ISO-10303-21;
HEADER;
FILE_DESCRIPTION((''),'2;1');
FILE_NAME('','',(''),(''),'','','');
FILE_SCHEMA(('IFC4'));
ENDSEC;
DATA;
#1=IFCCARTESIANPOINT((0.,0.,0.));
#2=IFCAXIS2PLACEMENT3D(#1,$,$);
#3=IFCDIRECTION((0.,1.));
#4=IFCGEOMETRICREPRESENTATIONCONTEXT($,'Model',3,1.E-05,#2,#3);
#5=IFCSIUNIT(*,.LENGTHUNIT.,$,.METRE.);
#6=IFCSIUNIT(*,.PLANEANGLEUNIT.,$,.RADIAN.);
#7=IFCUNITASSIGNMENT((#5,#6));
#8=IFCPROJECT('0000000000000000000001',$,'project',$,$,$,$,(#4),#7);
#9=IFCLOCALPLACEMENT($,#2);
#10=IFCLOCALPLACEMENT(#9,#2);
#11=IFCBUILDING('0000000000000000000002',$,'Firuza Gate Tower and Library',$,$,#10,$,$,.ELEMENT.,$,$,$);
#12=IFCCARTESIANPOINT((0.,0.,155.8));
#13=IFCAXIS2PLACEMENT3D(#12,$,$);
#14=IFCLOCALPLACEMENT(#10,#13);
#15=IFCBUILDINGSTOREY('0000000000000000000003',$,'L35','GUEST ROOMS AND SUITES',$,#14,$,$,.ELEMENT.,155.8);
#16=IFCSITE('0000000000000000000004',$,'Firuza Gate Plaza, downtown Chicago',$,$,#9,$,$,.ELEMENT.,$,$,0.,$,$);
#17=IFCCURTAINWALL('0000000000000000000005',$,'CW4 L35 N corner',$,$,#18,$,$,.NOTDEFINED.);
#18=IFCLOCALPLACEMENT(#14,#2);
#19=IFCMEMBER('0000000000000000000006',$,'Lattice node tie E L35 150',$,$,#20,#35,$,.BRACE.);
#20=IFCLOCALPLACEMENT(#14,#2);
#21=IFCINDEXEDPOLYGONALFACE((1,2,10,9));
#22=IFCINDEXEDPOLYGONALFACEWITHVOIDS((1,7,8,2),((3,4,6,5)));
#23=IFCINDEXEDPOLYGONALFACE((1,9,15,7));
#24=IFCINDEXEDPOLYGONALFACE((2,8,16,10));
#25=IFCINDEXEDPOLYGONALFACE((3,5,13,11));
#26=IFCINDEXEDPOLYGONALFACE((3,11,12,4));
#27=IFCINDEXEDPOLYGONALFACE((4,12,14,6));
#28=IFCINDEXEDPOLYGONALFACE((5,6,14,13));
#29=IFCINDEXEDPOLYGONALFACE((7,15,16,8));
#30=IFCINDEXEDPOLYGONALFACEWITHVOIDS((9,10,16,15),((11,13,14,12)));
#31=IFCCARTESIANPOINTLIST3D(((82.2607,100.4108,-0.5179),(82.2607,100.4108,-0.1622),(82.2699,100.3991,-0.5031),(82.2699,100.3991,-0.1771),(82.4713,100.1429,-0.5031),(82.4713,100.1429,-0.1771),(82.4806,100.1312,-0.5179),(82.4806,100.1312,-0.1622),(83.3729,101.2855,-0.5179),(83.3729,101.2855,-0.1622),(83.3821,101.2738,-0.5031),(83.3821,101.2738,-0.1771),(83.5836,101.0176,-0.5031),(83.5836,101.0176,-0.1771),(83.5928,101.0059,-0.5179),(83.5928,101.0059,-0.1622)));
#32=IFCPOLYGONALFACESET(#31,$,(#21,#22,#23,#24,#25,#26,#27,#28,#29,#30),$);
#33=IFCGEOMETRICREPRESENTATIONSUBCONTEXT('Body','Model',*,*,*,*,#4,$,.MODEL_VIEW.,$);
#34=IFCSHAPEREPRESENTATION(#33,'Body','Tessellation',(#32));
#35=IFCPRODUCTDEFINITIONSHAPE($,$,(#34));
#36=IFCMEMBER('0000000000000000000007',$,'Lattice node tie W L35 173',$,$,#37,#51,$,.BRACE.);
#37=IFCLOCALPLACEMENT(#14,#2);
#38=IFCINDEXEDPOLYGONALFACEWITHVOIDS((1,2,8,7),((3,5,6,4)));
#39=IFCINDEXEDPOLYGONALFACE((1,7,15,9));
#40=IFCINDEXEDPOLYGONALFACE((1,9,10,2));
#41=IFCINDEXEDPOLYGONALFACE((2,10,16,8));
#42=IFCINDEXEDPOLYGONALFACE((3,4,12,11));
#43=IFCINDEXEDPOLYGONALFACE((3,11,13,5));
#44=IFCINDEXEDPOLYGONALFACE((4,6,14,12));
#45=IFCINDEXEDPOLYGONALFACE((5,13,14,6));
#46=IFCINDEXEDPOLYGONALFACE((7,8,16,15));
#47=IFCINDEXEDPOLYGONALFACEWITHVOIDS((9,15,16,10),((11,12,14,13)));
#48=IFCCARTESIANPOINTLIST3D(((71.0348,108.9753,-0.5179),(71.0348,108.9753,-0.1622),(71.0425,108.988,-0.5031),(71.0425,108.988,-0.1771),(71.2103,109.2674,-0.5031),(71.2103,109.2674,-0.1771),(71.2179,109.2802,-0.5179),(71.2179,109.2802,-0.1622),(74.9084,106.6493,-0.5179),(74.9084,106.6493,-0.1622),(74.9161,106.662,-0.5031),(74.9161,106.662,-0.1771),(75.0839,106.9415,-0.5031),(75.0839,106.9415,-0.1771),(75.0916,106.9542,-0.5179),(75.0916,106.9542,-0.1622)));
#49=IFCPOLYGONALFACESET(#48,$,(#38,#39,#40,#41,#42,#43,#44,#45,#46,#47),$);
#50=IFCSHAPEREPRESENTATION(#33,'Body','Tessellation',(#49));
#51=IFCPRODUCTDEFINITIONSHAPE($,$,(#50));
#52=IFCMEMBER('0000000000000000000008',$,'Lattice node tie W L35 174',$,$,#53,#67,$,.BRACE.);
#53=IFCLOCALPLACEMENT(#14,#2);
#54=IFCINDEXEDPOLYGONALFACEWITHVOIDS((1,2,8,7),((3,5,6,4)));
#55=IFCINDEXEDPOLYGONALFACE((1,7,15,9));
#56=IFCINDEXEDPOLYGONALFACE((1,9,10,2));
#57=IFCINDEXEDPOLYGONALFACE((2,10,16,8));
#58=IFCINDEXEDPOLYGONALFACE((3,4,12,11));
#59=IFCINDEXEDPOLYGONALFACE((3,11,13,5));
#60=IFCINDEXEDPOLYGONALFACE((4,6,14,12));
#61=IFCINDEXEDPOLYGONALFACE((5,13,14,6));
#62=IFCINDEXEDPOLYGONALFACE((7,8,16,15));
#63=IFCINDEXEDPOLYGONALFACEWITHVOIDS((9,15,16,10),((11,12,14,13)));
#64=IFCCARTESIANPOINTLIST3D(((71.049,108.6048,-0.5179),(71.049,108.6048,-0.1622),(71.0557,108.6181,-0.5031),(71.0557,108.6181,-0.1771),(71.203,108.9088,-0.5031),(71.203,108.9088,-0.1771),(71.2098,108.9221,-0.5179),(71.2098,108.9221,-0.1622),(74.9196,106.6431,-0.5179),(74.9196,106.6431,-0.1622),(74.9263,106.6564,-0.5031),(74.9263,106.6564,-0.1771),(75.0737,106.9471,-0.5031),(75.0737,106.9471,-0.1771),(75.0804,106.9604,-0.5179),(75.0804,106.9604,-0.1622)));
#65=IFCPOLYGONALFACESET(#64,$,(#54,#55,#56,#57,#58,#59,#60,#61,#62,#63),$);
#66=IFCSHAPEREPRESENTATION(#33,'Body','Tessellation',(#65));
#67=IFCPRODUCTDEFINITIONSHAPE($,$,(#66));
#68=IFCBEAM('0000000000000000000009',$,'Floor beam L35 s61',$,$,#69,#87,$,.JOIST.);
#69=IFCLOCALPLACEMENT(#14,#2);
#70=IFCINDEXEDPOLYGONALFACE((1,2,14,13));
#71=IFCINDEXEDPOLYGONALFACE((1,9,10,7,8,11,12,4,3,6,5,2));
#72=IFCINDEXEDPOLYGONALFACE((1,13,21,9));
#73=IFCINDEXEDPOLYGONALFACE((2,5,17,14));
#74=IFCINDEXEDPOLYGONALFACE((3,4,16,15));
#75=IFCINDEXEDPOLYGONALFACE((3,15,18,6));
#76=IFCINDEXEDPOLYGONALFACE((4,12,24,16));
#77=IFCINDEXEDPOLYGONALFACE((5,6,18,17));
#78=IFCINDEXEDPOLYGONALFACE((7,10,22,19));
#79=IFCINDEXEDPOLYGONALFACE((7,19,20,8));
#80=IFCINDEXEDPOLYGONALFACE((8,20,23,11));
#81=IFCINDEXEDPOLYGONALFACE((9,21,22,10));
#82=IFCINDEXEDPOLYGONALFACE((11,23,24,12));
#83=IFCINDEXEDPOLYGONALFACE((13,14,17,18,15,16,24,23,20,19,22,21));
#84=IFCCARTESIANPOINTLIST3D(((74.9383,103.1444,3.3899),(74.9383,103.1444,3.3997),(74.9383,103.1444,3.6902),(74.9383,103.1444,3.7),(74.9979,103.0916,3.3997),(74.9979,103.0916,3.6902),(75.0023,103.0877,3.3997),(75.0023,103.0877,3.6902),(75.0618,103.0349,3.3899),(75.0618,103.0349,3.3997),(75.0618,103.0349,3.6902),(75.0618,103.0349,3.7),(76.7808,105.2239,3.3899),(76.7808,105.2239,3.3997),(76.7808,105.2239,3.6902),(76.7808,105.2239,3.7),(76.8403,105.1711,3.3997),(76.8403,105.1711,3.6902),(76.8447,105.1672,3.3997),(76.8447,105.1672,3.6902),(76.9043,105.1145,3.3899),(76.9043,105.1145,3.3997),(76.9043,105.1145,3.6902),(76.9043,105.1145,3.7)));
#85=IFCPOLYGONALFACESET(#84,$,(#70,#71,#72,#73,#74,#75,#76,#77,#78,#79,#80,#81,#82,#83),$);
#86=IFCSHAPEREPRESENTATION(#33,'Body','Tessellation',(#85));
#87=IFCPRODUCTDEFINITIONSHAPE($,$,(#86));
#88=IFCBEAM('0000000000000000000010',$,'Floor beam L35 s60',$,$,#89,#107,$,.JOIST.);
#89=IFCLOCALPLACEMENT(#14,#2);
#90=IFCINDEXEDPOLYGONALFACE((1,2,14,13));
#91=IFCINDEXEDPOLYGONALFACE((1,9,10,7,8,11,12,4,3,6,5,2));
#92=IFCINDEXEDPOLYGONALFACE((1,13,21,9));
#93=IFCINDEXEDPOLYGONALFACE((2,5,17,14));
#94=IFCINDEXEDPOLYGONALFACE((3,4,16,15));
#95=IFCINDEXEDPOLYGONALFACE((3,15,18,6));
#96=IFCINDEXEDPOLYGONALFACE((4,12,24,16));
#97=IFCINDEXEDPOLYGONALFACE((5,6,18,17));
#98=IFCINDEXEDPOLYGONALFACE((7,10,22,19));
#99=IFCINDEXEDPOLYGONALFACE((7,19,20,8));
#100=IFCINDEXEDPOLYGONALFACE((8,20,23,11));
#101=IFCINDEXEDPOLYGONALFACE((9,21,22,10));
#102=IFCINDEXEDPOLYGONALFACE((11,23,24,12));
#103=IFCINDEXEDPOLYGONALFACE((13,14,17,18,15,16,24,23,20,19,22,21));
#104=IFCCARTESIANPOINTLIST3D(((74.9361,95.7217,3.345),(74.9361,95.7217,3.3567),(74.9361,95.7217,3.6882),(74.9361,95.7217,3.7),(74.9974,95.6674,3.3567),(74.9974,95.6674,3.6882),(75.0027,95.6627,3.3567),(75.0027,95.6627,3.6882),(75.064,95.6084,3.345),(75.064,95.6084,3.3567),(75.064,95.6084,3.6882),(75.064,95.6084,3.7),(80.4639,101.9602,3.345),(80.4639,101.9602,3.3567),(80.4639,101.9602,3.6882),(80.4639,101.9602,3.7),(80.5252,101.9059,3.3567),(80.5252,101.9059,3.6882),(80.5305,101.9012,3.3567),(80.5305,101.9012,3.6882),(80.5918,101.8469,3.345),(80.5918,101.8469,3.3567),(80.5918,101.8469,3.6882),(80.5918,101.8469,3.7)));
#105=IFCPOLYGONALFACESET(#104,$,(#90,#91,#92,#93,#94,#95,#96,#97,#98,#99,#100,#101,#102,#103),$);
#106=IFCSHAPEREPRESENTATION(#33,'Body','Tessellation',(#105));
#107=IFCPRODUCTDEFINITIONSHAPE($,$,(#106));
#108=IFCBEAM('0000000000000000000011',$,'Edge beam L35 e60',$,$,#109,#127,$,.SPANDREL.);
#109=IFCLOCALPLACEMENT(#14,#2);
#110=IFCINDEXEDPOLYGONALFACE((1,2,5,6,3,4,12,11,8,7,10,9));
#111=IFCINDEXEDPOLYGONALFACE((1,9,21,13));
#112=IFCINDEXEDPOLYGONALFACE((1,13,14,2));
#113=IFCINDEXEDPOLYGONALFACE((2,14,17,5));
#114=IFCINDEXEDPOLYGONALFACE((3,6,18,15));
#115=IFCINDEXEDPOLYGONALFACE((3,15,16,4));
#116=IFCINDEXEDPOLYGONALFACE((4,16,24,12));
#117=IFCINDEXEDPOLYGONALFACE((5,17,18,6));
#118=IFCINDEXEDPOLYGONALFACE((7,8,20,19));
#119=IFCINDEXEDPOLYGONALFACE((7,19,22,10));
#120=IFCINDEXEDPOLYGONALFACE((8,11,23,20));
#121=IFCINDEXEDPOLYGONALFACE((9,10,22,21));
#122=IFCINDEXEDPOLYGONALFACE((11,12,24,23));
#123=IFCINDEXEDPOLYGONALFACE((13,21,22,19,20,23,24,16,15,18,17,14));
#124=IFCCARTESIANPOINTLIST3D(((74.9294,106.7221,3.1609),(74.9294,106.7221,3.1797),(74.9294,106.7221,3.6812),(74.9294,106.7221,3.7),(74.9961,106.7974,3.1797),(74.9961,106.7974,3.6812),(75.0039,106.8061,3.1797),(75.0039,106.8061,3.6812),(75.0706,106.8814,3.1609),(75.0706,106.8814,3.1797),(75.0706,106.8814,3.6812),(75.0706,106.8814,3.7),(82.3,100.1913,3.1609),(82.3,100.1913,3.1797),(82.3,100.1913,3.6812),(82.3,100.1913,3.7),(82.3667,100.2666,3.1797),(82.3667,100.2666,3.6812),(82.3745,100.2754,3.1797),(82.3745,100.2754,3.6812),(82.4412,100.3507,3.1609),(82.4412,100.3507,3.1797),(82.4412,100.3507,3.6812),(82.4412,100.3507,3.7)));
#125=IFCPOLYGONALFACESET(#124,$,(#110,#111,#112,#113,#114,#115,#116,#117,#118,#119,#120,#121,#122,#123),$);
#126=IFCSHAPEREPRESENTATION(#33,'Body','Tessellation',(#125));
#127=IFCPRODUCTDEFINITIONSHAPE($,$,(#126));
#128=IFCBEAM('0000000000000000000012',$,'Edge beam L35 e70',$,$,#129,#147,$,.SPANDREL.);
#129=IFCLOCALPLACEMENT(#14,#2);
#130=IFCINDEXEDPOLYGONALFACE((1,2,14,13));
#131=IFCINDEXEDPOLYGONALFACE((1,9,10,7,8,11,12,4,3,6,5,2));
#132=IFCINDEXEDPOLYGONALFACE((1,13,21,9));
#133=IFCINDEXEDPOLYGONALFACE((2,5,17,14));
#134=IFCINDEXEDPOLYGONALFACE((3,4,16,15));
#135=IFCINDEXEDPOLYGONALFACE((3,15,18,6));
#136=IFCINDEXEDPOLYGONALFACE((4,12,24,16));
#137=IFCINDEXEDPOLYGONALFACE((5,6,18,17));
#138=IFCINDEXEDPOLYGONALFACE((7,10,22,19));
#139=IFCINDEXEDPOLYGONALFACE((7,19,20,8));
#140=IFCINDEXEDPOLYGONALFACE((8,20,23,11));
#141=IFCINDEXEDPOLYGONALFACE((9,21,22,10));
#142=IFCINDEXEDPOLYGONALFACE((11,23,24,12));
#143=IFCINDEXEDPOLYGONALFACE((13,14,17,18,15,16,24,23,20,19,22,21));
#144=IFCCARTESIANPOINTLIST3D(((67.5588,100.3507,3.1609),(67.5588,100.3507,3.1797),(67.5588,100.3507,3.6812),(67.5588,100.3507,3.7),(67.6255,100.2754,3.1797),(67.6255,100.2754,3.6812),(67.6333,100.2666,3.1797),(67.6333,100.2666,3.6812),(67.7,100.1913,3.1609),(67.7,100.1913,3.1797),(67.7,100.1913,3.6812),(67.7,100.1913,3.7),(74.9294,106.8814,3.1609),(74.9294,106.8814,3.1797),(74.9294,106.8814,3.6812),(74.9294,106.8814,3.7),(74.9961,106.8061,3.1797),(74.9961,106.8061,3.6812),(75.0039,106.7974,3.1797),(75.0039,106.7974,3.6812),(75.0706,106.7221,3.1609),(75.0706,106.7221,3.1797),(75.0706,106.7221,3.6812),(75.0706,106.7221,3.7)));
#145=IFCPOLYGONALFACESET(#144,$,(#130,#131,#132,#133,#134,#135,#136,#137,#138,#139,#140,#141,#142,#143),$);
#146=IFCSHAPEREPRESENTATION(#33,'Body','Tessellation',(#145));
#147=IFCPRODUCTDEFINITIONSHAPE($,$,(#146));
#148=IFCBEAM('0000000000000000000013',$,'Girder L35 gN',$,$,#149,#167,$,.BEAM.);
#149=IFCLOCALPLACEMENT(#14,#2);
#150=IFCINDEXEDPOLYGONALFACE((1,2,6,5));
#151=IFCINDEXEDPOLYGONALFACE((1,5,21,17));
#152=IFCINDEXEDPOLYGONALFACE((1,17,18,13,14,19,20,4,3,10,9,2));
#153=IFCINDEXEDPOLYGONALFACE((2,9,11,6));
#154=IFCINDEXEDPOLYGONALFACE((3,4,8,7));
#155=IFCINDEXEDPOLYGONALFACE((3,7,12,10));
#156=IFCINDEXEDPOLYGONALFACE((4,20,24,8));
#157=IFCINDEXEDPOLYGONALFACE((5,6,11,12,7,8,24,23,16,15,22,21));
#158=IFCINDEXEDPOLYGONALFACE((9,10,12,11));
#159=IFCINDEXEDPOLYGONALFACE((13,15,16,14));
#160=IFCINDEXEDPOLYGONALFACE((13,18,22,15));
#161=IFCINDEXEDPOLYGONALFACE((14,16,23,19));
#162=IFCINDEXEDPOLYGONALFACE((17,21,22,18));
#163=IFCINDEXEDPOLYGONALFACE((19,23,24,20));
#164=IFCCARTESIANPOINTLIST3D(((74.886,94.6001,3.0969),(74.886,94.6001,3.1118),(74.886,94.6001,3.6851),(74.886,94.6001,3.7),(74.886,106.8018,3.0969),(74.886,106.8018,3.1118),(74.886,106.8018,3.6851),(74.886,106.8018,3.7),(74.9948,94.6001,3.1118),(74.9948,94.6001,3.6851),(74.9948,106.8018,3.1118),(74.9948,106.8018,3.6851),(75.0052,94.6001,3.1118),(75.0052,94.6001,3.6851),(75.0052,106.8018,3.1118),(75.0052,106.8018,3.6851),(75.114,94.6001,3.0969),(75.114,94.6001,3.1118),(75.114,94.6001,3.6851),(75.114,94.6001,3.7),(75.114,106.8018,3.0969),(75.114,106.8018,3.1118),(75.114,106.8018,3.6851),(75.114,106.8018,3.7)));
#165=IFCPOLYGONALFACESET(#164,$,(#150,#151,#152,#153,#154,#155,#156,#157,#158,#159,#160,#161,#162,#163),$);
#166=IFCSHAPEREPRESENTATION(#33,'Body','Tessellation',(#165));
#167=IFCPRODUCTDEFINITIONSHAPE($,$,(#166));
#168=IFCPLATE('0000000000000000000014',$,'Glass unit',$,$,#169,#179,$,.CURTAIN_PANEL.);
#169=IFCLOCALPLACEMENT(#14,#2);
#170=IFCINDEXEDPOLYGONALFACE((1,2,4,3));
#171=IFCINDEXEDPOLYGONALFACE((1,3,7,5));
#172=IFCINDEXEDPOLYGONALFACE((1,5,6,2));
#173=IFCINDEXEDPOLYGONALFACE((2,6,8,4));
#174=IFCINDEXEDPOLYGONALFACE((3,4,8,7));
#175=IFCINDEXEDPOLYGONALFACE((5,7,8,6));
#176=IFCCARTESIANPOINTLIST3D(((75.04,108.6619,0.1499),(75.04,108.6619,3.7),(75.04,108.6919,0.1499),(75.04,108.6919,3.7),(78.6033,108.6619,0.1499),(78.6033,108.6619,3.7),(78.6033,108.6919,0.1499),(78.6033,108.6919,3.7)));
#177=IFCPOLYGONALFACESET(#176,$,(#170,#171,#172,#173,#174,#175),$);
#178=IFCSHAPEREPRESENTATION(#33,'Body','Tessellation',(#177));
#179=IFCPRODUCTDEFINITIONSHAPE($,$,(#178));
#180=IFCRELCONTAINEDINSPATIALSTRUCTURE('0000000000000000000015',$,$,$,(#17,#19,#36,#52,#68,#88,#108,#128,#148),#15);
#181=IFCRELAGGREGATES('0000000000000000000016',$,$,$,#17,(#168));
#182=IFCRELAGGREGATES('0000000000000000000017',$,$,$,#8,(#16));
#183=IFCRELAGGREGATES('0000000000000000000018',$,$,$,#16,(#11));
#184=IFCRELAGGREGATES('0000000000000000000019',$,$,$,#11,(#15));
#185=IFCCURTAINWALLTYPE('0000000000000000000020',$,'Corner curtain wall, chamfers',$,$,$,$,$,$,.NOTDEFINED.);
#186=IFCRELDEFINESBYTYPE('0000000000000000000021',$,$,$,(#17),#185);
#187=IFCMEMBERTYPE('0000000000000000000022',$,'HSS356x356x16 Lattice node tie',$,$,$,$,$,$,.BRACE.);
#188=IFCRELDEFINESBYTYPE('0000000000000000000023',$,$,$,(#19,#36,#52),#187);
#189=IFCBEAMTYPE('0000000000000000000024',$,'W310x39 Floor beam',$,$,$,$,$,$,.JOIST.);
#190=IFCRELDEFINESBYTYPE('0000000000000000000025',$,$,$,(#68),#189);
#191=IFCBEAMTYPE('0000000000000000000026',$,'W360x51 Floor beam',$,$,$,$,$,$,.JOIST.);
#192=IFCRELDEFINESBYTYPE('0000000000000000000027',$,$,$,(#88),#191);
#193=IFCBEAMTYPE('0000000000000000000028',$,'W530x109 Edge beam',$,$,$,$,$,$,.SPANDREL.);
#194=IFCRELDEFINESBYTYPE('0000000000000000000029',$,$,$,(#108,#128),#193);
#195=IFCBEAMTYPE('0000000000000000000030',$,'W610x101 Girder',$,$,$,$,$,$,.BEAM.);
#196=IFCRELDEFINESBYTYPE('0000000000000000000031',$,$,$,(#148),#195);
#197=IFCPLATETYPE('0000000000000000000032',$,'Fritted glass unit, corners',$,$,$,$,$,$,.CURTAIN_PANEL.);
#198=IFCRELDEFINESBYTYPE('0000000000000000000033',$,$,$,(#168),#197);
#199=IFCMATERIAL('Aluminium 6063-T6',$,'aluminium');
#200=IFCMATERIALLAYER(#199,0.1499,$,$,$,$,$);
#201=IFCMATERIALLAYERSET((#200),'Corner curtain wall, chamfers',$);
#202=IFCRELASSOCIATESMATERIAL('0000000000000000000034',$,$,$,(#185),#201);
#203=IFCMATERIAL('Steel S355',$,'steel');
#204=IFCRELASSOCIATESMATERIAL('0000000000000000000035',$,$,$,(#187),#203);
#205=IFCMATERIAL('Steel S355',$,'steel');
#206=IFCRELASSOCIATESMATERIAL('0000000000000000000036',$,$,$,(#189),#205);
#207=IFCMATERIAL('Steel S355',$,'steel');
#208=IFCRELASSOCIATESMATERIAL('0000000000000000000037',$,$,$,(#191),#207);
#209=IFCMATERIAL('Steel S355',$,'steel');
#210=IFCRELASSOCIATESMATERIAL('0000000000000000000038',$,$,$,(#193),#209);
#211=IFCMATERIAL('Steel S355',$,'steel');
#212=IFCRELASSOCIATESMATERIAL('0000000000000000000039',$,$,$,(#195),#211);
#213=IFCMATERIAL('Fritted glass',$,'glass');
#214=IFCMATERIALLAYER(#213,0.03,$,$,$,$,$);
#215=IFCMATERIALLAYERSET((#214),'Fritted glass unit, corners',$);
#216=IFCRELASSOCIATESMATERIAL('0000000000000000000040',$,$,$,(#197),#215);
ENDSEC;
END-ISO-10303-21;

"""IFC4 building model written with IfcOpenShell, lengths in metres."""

from ifc_helpers import new_model, si_unit, direction, frame, origin, origin_2d, place, context, subcontext, project, spatial, polyline, hollow_rectangle, i_section, outline, extrude, material, layer, layer_set, material_profile, profile_set, type_object, element, aggregate, save


model = new_model("IFC4")

# Units and contexts
model_context = context("Model", 3, precision=1e-05, world=origin(), true_north=direction((0.0, 1.0)))
body_context = subcontext(model_context, "Body", "Model", "MODEL_VIEW")
ifc_project = project(units=[si_unit("LENGTHUNIT", "METRE"), si_unit("PLANEANGLEUNIT", "RADIAN")], contexts=[model_context])

# Site, building, storey
site_placement = place(None, origin())
site = spatial("IfcSite", under=ifc_project, at=site_placement, Name="Firuza Gate Plaza, downtown Chicago", CompositionType="ELEMENT", RefElevation=0.0)
building_placement = place(site_placement, origin())
building = spatial("IfcBuilding", under=site, at=building_placement, Name="Firuza Gate Tower and Library", CompositionType="ELEMENT")
storey_placement = place(building_placement, frame((0.0, 0.0, 155.8)))
storey = spatial("IfcBuildingStorey", under=building, at=storey_placement, Name="L35", Description="GUEST ROOMS AND SUITES", CompositionType="ELEMENT", Elevation=155.8)

# Curtain wall
ifc_material_1 = material(Name="Aluminium 6063-T6", Category="aluminium")
ifc_layer_1 = layer(ifc_material_1, 0.1499)
ifc_layer_set_1 = layer_set([ifc_layer_1], Name="Corner curtain wall, chamfers")
curtain_wall_type = type_object("IfcCurtainWallType", Name="Corner curtain wall, chamfers", PredefinedType="NOTDEFINED", material=ifc_layer_set_1)
curtain_wall_placement = place(storey_placement, origin())
curtain_wall = element("IfcCurtainWall", 1, at=curtain_wall_placement, inside=storey, type_object=curtain_wall_type, Name="CW4 L35 N corner", PredefinedType="NOTDEFINED")

# Members
ifc_material_2 = material(Name="Steel S355", Category="steel")
ifc_material_profile_1 = material_profile(ifc_material_2, hollow_rectangle(XDim=0.3557, YDim=0.3557, WallThickness=0.0149, at=origin_2d()))
ifc_profile_set_1 = profile_set([ifc_material_profile_1], Name="Steel S355")
member_type_1 = type_object("IfcMemberType", Name="HSS356x356x16 Lattice node tie", PredefinedType="BRACE", material=ifc_profile_set_1)
member_1_placement = place(storey_placement, frame((82.3706, 100.271, -0.3401), z_axis=(0.786043, 0.618172, 0.0), x_axis=(-0.618172, 0.786043, 0.0)))
element("IfcMember", 2, at=member_1_placement, inside=storey, type_object=member_type_1, Name="Lattice node tie E L35 150", PredefinedType="BRACE", context=body_context, shape_type="SweptSolid", body=[
    extrude(hollow_rectangle(XDim=0.3557, YDim=0.3557, WallThickness=0.0149, at=origin_2d()), origin(), (0.0, 0.0, 1.0), 1.415),
])
member_2_placement = place(storey_placement, frame((75.0, 106.8018, -0.3401), z_axis=(-0.857316, 0.51479, 0.0), x_axis=(-0.51479, -0.857316, 0.0)))
element("IfcMember", 3, at=member_2_placement, inside=storey, type_object=member_type_1, Name="Lattice node tie W L35 173", PredefinedType="BRACE", context=body_context, shape_type="SweptSolid", body=[
    extrude(hollow_rectangle(XDim=0.3557, YDim=0.3557, WallThickness=0.0149, at=origin_2d()), origin(), (0.0, 0.0, 1.0), 4.5183),
])
member_3_placement = place(storey_placement, frame((75.0, 106.8018, -0.3401), z_axis=(-0.891983, 0.452068, 0.0), x_axis=(-0.452068, -0.891983, 0.0)))
element("IfcMember", 4, at=member_3_placement, inside=storey, type_object=member_type_1, Name="Lattice node tie W L35 174", PredefinedType="BRACE", context=body_context, shape_type="SweptSolid", body=[
    extrude(hollow_rectangle(XDim=0.3557, YDim=0.3557, WallThickness=0.0149, at=origin_2d()), origin(), (0.0, 0.0, 1.0), 4.3394),
])

# Beams
ifc_material_3 = material(Name="Steel S355", Category="steel")
ifc_material_profile_2 = material_profile(ifc_material_3, i_section(OverallWidth=0.165, OverallDepth=0.3101, WebThickness=0.0059, FlangeThickness=0.0098, at=origin_2d()))
ifc_profile_set_2 = profile_set([ifc_material_profile_2], Name="Steel S355")
beam_type_1 = type_object("IfcBeamType", Name="W310x39 Floor beam", PredefinedType="JOIST", material=ifc_profile_set_2)
beam_1_placement = place(storey_placement, frame((76.8425, 105.1692, 3.5449), z_axis=(-0.663158, -0.74848, 0.0), x_axis=(0.74848, -0.663158, 0.0)))
element("IfcBeam", 5, at=beam_1_placement, inside=storey, type_object=beam_type_1, Name="Floor beam L35 s61", PredefinedType="JOIST", context=body_context, shape_type="SweptSolid", body=[
    extrude(i_section(OverallWidth=0.165, OverallDepth=0.3101, WebThickness=0.0059, FlangeThickness=0.0098, at=origin_2d()), origin(), (0.0, 0.0, 1.0), 2.7783),
])
ifc_material_4 = material(Name="Steel S355", Category="steel")
ifc_material_profile_3 = material_profile(ifc_material_4, i_section(OverallWidth=0.1709, OverallDepth=0.355, WebThickness=0.0071, FlangeThickness=0.0117, at=origin_2d()))
ifc_profile_set_3 = profile_set([ifc_material_profile_3], Name="Steel S355")
beam_type_2 = type_object("IfcBeamType", Name="W360x51 Floor beam", PredefinedType="JOIST", material=ifc_profile_set_3)
beam_2_placement = place(storey_placement, frame((80.5278, 101.9036, 3.5225), z_axis=(-0.663189, -0.748452, 0.0), x_axis=(0.748452, -0.663189, 0.0)))
element("IfcBeam", 6, at=beam_2_placement, inside=storey, type_object=beam_type_2, Name="Floor beam L35 s60", PredefinedType="JOIST", context=body_context, shape_type="SweptSolid", body=[
    extrude(i_section(OverallWidth=0.1709, OverallDepth=0.355, WebThickness=0.0071, FlangeThickness=0.0117, at=origin_2d()), origin(), (0.0, 0.0, 1.0), 8.3352),
])
ifc_material_5 = material(Name="Steel S355", Category="steel")
ifc_material_profile_4 = material_profile(ifc_material_5, i_section(OverallWidth=0.2129, OverallDepth=0.5391, WebThickness=0.0117, FlangeThickness=0.0188, at=origin_2d()))
ifc_profile_set_4 = profile_set([ifc_material_profile_4], Name="Steel S355")
beam_type_3 = type_object("IfcBeamType", Name="W530x109 Edge beam", PredefinedType="SPANDREL", material=ifc_profile_set_4)
for number, where, z_axis, x_axis, name in (
    (7, (82.3706, 100.271, 3.4304), (-0.748462, 0.663178, 0.0), (-0.663178, -0.748462, 0.0), "Edge beam L35 e60"),
    (8, (75.0, 106.8018, 3.4304), (-0.748462, -0.663178, 0.0), (0.663178, -0.748462, 0.0), "Edge beam L35 e70"),
):
    element("IfcBeam", number, at=place(storey_placement, frame(where, z_axis=z_axis, x_axis=x_axis)), inside=storey, type_object=beam_type_3, Name=name, PredefinedType="SPANDREL", context=body_context, shape_type="SweptSolid", body=[
        extrude(i_section(OverallWidth=0.2129, OverallDepth=0.5391, WebThickness=0.0117, FlangeThickness=0.0188, at=origin_2d()), origin(), (0.0, 0.0, 1.0), 9.8477),
    ])
ifc_material_6 = material(Name="Steel S355", Category="steel")
ifc_material_profile_5 = material_profile(ifc_material_6, i_section(OverallWidth=0.228, OverallDepth=0.603, WebThickness=0.0105, FlangeThickness=0.0149, at=origin_2d()))
ifc_profile_set_5 = profile_set([ifc_material_profile_5], Name="Steel S355")
beam_type_4 = type_object("IfcBeamType", Name="W610x101 Girder", PredefinedType="BEAM", material=ifc_profile_set_5)
beam_3_placement = place(storey_placement, frame((75.0, 106.8018, 3.3984), z_axis=(0.0, -1.0, 0.0), x_axis=(1.0, 0.0, 0.0)))
element("IfcBeam", 9, at=beam_3_placement, inside=storey, type_object=beam_type_4, Name="Girder L35 gN", PredefinedType="BEAM", context=body_context, shape_type="SweptSolid", body=[
    extrude(i_section(OverallWidth=0.228, OverallDepth=0.603, WebThickness=0.0105, FlangeThickness=0.0149, at=origin_2d()), origin(), (0.0, 0.0, 1.0), 12.2017),
])

# Plate
ifc_material_7 = material(Name="Fritted glass", Category="glass")
ifc_layer_2 = layer(ifc_material_7, 0.03)
ifc_layer_set_2 = layer_set([ifc_layer_2], Name="Fritted glass unit, corners")
plate_type = type_object("IfcPlateType", Name="Fritted glass unit, corners", PredefinedType="CURTAIN_PANEL", material=ifc_layer_set_2)
plate_1_placement = place(storey_placement, frame((78.6033, 108.6919, 0.1499), z_axis=(0.0, 1.0, 0.0), x_axis=(-1.0, 0.0, 0.0)))
plate_1 = element("IfcPlate", 10, at=plate_1_placement, type_object=plate_type, Name="Glass unit", PredefinedType="CURTAIN_PANEL", context=body_context, shape_type="SweptSolid", body=[
    extrude(outline(polyline([(0.0, 0.0), (3.5632, 0.0), (3.5632, 3.55), (0.0, 3.55), (0.0, 0.0)])), origin(), (0.0, 0.0, -1.0), 0.03),
])
aggregate(curtain_wall, [plate_1])

save(model, "model.ifc")
